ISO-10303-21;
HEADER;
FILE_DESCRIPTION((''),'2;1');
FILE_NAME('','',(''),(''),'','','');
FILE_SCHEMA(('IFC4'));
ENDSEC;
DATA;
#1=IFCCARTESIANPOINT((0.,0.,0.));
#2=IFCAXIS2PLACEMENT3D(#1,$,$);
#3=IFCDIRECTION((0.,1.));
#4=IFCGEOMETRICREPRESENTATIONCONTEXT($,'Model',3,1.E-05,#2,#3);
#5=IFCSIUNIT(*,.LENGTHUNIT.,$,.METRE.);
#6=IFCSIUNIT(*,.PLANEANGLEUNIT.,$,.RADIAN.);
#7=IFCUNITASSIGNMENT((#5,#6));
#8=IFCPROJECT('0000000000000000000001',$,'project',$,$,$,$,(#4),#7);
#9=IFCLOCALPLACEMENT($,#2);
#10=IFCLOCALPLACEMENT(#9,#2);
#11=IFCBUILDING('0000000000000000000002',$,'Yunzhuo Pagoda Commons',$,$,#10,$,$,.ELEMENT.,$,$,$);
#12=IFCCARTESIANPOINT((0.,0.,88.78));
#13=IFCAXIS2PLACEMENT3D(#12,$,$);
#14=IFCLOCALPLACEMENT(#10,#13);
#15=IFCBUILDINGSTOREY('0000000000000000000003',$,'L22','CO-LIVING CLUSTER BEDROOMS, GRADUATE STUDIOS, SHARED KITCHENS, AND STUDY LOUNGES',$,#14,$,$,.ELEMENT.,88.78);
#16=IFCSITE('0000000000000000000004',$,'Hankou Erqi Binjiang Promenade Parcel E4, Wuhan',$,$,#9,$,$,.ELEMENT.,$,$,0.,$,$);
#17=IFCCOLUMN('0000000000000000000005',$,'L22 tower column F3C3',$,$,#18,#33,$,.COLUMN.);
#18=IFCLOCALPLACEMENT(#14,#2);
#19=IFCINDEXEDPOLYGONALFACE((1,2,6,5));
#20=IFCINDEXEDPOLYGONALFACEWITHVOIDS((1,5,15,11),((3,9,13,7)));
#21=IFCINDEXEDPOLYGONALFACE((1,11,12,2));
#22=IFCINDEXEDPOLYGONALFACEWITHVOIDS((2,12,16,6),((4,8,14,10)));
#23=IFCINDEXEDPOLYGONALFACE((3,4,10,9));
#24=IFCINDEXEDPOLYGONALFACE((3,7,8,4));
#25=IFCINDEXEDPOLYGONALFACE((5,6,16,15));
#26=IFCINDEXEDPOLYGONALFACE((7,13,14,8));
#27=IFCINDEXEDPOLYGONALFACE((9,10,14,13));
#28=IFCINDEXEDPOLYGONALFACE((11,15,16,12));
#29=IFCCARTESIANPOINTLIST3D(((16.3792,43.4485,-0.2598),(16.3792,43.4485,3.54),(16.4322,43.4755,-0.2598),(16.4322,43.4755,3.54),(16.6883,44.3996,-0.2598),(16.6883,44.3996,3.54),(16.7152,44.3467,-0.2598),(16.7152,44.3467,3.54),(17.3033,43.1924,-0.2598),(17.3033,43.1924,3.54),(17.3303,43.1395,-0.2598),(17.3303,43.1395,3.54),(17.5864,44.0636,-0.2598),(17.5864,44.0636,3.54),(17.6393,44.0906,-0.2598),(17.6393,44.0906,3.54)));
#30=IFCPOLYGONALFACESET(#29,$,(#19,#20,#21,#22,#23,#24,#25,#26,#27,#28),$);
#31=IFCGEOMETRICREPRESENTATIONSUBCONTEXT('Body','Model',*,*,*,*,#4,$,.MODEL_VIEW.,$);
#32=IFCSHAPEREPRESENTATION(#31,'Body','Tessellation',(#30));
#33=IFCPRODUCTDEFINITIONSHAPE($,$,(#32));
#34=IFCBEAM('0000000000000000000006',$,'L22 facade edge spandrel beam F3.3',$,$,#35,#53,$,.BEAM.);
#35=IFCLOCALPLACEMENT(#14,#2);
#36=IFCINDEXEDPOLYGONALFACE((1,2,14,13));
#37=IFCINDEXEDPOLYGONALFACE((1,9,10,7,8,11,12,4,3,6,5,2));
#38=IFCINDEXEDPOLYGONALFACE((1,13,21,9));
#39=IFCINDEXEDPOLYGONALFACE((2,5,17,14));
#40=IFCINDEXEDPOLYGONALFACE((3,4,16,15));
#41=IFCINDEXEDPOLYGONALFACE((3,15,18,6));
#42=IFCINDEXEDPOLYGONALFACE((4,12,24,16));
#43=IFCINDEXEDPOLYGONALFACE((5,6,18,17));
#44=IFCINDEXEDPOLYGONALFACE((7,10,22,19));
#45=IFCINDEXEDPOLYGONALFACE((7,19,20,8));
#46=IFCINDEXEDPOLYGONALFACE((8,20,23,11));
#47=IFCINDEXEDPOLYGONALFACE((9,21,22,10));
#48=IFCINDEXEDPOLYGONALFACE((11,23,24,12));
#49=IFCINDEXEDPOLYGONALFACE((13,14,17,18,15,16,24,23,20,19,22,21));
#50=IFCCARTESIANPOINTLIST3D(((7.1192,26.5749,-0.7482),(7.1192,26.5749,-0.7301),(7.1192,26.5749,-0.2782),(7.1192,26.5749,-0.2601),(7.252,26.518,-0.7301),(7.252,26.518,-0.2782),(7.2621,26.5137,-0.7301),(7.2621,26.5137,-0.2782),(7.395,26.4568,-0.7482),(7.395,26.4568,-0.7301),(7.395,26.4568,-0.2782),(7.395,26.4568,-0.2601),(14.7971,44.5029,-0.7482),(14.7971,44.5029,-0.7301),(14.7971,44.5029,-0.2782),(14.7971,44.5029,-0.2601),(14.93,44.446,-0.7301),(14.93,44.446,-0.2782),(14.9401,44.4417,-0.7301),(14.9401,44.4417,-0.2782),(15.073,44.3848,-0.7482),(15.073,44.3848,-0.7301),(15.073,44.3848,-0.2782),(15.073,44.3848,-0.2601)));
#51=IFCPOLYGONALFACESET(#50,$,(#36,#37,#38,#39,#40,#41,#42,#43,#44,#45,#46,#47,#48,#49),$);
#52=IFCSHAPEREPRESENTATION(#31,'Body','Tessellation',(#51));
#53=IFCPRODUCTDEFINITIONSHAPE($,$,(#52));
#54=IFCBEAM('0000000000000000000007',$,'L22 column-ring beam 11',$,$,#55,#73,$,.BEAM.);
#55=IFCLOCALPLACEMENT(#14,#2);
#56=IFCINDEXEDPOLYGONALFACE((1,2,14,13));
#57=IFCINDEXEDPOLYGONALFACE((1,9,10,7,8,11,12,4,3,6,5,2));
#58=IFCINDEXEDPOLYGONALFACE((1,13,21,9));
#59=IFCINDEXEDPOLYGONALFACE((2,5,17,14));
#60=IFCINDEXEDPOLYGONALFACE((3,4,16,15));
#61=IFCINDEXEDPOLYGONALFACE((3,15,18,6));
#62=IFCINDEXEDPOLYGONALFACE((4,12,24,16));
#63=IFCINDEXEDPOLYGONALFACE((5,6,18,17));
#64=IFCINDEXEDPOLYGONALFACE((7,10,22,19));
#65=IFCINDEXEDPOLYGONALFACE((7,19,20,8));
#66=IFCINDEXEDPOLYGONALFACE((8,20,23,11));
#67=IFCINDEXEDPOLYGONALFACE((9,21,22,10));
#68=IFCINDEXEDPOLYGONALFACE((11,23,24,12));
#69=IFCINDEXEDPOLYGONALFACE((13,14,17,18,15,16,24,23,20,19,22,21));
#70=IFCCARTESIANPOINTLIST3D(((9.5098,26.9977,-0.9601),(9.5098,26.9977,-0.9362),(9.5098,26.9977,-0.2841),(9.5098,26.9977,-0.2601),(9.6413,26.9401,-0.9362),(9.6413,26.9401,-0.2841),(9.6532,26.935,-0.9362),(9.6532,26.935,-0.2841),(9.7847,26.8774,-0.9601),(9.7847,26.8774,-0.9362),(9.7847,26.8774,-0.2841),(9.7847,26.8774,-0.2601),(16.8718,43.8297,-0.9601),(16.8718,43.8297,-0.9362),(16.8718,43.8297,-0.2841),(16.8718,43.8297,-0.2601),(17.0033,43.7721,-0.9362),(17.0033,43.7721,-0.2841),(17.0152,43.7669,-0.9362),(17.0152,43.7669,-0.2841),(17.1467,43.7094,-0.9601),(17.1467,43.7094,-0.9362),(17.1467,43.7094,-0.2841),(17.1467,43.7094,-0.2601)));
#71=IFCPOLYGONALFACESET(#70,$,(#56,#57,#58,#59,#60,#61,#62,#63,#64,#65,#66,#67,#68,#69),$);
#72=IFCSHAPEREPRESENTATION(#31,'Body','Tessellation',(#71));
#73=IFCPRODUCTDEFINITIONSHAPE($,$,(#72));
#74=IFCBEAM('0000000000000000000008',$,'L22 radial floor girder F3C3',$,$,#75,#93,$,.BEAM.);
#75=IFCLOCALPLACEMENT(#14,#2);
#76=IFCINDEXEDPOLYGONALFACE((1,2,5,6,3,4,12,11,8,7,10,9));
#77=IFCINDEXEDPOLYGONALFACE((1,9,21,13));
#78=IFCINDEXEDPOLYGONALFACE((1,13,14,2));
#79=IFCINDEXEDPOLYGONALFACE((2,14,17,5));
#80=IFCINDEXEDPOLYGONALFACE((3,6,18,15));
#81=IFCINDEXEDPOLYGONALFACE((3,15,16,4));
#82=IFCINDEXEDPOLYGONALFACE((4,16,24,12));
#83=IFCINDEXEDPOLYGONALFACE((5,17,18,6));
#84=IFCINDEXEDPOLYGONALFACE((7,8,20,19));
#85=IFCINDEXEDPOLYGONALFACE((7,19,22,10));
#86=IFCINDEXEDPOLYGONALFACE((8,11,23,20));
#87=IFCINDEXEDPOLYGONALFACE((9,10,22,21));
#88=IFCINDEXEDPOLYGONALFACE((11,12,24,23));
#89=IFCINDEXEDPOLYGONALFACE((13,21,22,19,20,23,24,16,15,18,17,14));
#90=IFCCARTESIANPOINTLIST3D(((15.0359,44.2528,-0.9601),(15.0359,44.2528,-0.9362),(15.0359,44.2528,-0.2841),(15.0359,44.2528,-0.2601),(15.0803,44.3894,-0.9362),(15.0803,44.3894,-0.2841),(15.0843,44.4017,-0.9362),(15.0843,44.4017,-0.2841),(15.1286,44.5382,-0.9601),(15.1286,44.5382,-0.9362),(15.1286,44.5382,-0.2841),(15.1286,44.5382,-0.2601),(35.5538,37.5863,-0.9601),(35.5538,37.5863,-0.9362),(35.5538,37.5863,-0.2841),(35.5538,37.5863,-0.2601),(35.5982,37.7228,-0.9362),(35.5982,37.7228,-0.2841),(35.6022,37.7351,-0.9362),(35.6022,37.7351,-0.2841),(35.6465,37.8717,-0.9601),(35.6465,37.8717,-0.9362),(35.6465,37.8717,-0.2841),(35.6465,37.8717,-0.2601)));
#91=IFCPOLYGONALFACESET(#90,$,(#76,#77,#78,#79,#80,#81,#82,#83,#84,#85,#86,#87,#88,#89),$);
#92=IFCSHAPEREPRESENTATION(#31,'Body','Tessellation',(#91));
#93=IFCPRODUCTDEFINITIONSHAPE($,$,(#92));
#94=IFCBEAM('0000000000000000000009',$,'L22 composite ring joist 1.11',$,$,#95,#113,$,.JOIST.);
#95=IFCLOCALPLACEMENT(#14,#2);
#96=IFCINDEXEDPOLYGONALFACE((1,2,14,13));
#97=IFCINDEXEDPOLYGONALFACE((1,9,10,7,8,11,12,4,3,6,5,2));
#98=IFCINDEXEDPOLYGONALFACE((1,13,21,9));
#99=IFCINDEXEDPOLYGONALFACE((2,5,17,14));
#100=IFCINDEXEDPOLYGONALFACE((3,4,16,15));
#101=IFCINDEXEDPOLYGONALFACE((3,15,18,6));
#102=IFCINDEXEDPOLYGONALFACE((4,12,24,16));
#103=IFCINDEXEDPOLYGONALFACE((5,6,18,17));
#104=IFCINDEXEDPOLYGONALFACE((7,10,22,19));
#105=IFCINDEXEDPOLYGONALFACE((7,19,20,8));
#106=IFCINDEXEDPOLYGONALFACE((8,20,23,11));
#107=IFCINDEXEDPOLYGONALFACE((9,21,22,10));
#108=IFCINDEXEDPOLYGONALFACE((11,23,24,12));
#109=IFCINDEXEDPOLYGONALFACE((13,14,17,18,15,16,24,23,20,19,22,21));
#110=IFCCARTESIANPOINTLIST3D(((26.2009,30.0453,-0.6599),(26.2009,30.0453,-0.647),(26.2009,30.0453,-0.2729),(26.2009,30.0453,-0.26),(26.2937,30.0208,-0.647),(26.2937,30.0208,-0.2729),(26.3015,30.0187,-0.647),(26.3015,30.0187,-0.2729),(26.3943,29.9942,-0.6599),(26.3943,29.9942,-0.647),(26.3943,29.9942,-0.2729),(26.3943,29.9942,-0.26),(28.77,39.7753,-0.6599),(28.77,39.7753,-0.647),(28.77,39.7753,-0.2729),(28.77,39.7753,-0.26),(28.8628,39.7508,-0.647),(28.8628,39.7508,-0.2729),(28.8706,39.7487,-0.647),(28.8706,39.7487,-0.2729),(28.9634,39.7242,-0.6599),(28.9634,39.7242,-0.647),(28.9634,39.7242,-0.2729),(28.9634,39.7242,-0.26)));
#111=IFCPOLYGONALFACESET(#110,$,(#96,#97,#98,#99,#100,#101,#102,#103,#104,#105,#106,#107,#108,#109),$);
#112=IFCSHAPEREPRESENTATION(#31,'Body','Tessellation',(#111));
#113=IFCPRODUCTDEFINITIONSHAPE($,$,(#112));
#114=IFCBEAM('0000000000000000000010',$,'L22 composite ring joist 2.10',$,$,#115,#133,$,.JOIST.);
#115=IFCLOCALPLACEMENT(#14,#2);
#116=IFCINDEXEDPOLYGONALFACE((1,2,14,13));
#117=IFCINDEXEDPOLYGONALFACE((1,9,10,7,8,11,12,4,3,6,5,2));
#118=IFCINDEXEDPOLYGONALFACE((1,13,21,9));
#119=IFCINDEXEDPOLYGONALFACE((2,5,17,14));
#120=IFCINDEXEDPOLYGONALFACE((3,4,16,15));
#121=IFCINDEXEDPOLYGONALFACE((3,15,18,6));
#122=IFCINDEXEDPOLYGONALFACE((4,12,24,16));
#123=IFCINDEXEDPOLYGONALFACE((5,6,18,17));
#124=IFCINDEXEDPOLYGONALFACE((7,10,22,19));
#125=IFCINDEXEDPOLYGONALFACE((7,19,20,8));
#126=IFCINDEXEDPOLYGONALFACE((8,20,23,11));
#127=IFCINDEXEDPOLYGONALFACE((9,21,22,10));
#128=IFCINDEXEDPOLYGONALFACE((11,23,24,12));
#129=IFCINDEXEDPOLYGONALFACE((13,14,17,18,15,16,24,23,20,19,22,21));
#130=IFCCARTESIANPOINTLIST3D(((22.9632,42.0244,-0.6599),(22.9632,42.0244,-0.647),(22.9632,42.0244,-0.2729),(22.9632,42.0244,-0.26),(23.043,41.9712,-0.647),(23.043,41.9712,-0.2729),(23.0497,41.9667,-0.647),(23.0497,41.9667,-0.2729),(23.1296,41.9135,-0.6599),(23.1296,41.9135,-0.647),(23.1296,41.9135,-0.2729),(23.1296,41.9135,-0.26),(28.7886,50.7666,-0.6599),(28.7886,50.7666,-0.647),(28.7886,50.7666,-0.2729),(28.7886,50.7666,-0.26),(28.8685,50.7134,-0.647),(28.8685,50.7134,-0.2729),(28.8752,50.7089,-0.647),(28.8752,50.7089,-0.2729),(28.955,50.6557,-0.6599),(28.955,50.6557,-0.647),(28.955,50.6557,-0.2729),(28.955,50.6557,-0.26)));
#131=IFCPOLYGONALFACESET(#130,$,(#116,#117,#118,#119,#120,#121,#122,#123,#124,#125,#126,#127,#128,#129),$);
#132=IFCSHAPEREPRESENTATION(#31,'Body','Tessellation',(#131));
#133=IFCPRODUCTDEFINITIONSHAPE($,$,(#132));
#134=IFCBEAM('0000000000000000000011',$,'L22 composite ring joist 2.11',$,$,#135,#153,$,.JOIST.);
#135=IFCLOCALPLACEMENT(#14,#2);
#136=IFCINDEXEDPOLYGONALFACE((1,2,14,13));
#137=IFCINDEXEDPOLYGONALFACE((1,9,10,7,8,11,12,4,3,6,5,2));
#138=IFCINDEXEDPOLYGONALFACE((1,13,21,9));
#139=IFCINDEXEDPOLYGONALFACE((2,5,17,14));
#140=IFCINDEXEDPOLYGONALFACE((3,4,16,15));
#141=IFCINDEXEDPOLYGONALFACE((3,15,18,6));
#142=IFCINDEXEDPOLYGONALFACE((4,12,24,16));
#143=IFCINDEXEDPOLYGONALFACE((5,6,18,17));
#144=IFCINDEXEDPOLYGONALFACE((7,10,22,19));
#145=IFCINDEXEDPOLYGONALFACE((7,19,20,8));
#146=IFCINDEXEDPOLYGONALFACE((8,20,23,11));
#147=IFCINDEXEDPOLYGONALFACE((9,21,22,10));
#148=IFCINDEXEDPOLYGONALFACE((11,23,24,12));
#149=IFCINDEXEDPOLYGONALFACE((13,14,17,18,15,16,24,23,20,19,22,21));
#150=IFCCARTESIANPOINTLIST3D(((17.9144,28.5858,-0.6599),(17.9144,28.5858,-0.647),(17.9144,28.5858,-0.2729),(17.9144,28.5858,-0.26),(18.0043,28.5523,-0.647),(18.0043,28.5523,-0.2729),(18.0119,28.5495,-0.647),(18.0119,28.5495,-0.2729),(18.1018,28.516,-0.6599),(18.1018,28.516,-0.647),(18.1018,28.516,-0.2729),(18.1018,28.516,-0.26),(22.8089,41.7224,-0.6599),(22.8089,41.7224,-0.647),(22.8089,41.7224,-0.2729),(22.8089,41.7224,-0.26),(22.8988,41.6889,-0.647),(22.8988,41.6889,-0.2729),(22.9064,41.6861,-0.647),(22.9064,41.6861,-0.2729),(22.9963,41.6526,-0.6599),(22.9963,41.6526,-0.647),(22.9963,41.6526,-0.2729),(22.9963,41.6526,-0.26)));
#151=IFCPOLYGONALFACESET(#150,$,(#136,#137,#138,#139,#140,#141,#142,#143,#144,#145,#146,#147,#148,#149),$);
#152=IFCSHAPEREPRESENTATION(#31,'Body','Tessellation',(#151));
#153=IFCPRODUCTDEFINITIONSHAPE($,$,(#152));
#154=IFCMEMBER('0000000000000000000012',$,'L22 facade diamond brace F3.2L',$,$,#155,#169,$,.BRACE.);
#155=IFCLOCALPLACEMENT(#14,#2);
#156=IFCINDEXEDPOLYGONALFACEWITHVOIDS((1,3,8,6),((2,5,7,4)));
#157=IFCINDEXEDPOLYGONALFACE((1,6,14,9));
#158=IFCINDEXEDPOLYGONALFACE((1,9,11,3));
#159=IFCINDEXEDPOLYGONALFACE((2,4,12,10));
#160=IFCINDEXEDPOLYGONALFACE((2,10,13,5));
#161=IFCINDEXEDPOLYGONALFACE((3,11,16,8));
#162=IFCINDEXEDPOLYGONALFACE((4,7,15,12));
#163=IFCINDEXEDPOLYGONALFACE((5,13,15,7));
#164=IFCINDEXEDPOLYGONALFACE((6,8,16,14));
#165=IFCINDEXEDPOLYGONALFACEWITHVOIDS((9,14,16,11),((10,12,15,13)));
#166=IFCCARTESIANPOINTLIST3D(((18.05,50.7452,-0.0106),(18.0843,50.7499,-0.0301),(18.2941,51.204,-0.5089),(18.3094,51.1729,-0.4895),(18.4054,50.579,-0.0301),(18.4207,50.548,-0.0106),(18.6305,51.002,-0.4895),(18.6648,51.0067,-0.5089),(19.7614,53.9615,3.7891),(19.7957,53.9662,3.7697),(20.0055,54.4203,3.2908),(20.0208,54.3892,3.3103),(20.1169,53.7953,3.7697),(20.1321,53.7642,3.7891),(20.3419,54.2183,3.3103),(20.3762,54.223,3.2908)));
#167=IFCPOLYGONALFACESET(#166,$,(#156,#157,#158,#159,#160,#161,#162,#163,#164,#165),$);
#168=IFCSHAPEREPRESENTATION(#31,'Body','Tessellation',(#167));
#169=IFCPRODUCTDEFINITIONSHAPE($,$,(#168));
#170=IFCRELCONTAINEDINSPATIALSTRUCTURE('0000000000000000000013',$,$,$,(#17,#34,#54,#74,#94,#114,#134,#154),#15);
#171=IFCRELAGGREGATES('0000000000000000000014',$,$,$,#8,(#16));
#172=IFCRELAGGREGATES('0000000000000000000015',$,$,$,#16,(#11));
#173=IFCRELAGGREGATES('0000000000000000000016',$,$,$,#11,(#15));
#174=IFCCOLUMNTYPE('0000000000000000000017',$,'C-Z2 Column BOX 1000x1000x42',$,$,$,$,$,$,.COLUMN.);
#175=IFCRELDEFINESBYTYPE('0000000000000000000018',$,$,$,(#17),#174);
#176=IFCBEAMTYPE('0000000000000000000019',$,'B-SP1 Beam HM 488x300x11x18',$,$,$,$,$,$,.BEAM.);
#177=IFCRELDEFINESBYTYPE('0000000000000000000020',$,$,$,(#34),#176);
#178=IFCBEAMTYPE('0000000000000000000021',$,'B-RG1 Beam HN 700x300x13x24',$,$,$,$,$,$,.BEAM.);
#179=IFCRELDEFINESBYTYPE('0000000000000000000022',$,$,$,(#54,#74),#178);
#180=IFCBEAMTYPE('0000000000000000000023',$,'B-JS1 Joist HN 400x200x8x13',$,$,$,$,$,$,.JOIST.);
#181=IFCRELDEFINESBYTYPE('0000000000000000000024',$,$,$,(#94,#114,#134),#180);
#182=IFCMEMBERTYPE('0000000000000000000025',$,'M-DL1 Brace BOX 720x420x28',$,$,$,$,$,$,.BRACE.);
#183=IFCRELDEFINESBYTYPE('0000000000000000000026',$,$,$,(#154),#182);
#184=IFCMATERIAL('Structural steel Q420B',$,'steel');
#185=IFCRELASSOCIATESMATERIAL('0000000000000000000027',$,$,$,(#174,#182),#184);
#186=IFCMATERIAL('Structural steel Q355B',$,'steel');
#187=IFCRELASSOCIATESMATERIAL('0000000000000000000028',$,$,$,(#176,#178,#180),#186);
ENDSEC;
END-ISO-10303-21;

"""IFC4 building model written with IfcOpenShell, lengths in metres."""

from ifc_helpers import new_model, si_unit, direction, frame, origin, origin_2d, place, context, subcontext, project, spatial, hollow_rectangle, i_section, extrude, source, transform, mapped, material, material_profile, profile_set, type_object, element, save


model = new_model("IFC4")

# Units and contexts
model_context = context("Model", 3, precision=1e-05, world=origin(), true_north=direction((0.0, 1.0)))
body_context = subcontext(model_context, "Body", "Model", "MODEL_VIEW")
ifc_project = project(units=[si_unit("LENGTHUNIT", "METRE"), si_unit("PLANEANGLEUNIT", "RADIAN")], contexts=[model_context])

# Site, building, storey
site_placement = place(None, origin())
site = spatial("IfcSite", under=ifc_project, at=site_placement, Name="Hankou Erqi Binjiang Promenade Parcel E4, Wuhan", CompositionType="ELEMENT", RefElevation=0.0)
building_placement = place(site_placement, origin())
building = spatial("IfcBuilding", under=site, at=building_placement, Name="Yunzhuo Pagoda Commons", CompositionType="ELEMENT")
storey_placement = place(building_placement, frame((0.0, 0.0, 88.78)))
storey = spatial("IfcBuildingStorey", under=building, at=storey_placement, Name="L22", Description="CO-LIVING CLUSTER BEDROOMS, GRADUATE STUDIOS, SHARED KITCHENS, AND STUDY LOUNGES", CompositionType="ELEMENT", Elevation=88.78)

# Column
ifc_material_1 = material(Name="Structural steel Q420B", Category="steel")
ifc_material_profile_1 = material_profile(ifc_material_1, hollow_rectangle(XDim=1.0, YDim=1.0, WallThickness=0.042, at=origin_2d()), Name="Structural steel Q420B")
ifc_profile_set_1 = profile_set([ifc_material_profile_1], Name="Structural steel Q420B")
column_type = type_object("IfcColumnType", Name="C-Z2 Column BOX 1000x1000x42", PredefinedType="COLUMN", material=ifc_profile_set_1)
shared_shape_1 = source(origin(), body_context, "Body", "SweptSolid", [
    extrude(hollow_rectangle(XDim=1.0, YDim=1.0, WallThickness=0.042, at=origin_2d()), origin(), (0.0, 0.0, 1.0), 3.7998),
])
column_placement = place(storey_placement, frame((17.0093, 43.7695, -0.2598), z_axis=(0.0, 0.0, 1.0), x_axis=(-0.309017, -0.951057, 0.0)))
element("IfcColumn", 1, at=column_placement, inside=storey, type_object=column_type, Name="L22 tower column F3C3", PredefinedType="COLUMN", context=body_context, shape_type="MappedRepresentation", body=[
    mapped(shared_shape_1, transform((0.0, 0.0, 0.0), scale=1.0)),
])

# Beams
ifc_material_2 = material(Name="Structural steel Q355B", Category="steel")
ifc_material_profile_2 = material_profile(ifc_material_2, i_section(OverallWidth=0.3, OverallDepth=0.488, WebThickness=0.011, FlangeThickness=0.0181, at=origin_2d()), Name="Structural steel Q355B")
ifc_profile_set_2 = profile_set([ifc_material_profile_2], Name="Structural steel Q355B")
beam_type_1 = type_object("IfcBeamType", Name="B-SP1 Beam HM 488x300x11x18", PredefinedType="BEAM", material=ifc_profile_set_2)
shared_shape_2 = source(origin(), body_context, "Body", "SweptSolid", [
    extrude(i_section(OverallWidth=0.3, OverallDepth=0.488, WebThickness=0.011, FlangeThickness=0.0181, at=origin_2d()), origin(), (0.0, 0.0, 1.0), 19.5029),
])
beam_1_placement = place(storey_placement, frame((14.9351, 44.4438, -0.5042), z_axis=(-0.393684, -0.919246, 0.0), x_axis=(0.919246, -0.393684, 0.0)))
element("IfcBeam", 2, at=beam_1_placement, inside=storey, type_object=beam_type_1, Name="L22 facade edge spandrel beam F3.3", PredefinedType="BEAM", context=body_context, shape_type="MappedRepresentation", body=[
    mapped(shared_shape_2, transform((0.0, 0.0, 0.0), scale=1.0)),
])
ifc_material_profile_3 = material_profile(ifc_material_2, i_section(OverallWidth=0.3, OverallDepth=0.7, WebThickness=0.0129, FlangeThickness=0.0239, at=origin_2d()), Name="Structural steel Q355B")
ifc_profile_set_3 = profile_set([ifc_material_profile_3], Name="Structural steel Q355B")
beam_type_2 = type_object("IfcBeamType", Name="B-RG1 Beam HN 700x300x13x24", PredefinedType="BEAM", material=ifc_profile_set_3)
shared_shape_3 = source(origin(), body_context, "Body", "SweptSolid", [
    extrude(i_section(OverallWidth=0.3, OverallDepth=0.7, WebThickness=0.0129, FlangeThickness=0.0239, at=origin_2d()), origin(), (0.0, 0.0, 1.0), 18.3716),
])
beam_2_placement = place(storey_placement, frame((17.0093, 43.7695, -0.6101), z_axis=(-0.40073, -0.916196, 0.0), x_axis=(0.916196, -0.40073, 0.0)))
element("IfcBeam", 3, at=beam_2_placement, inside=storey, type_object=beam_type_2, Name="L22 column-ring beam 11", PredefinedType="BEAM", context=body_context, shape_type="MappedRepresentation", body=[
    mapped(shared_shape_3, transform((0.0, 0.0, 0.0), scale=1.0)),
])
shared_shape_4 = source(origin(), body_context, "Body", "SweptSolid", [
    extrude(i_section(OverallWidth=0.3, OverallDepth=0.7, WebThickness=0.0129, FlangeThickness=0.0239, at=origin_2d()), origin(), (0.0, 0.0, 1.0), 21.5737),
])
beam_3_placement = place(storey_placement, frame((15.0823, 44.3955, -0.6101), z_axis=(0.951058, -0.309011, 0.0), x_axis=(0.309011, 0.951058, 0.0)))
element("IfcBeam", 4, at=beam_3_placement, inside=storey, type_object=beam_type_2, Name="L22 radial floor girder F3C3", PredefinedType="BEAM", context=body_context, shape_type="MappedRepresentation", body=[
    mapped(shared_shape_4, transform((0.0, 0.0, 0.0), scale=1.0)),
])
ifc_material_profile_4 = material_profile(ifc_material_2, i_section(OverallWidth=0.2, OverallDepth=0.3999, WebThickness=0.0081, FlangeThickness=0.0129, at=origin_2d()), Name="Structural steel Q355B")
ifc_profile_set_4 = profile_set([ifc_material_profile_4], Name="Structural steel Q355B")
beam_type_3 = type_object("IfcBeamType", Name="B-JS1 Joist HN 400x200x8x13", PredefinedType="JOIST", material=ifc_profile_set_4)
shared_shape_5 = source(origin(), body_context, "Body", "SweptSolid", [
    extrude(i_section(OverallWidth=0.2, OverallDepth=0.3999, WebThickness=0.0081, FlangeThickness=0.0129, at=origin_2d()), origin(), (0.0, 0.0, 1.0), 10.0635),
])
beam_4_placement = place(storey_placement, frame((28.8667, 39.7498, -0.46), z_axis=(-0.25529, -0.966865, 0.0), x_axis=(0.966865, -0.25529, 0.0)))
element("IfcBeam", 5, at=beam_4_placement, inside=storey, type_object=beam_type_3, Name="L22 composite ring joist 1.11", PredefinedType="JOIST", context=body_context, shape_type="MappedRepresentation", body=[
    mapped(shared_shape_5, transform((0.0, 0.0, 0.0), scale=1.0)),
])
shared_shape_6 = source(origin(), body_context, "Body", "SweptSolid", [
    extrude(i_section(OverallWidth=0.2, OverallDepth=0.3999, WebThickness=0.0081, FlangeThickness=0.0129, at=origin_2d()), origin(), (0.0, 0.0, 1.0), 10.5054),
])
beam_5_placement = place(storey_placement, frame((28.8718, 50.7112, -0.46), z_axis=(-0.554523, -0.832168, 0.0), x_axis=(0.832168, -0.554523, 0.0)))
element("IfcBeam", 6, at=beam_5_placement, inside=storey, type_object=beam_type_3, Name="L22 composite ring joist 2.10", PredefinedType="JOIST", context=body_context, shape_type="MappedRepresentation", body=[
    mapped(shared_shape_6, transform((0.0, 0.0, 0.0), scale=1.0)),
])
shared_shape_7 = source(origin(), body_context, "Body", "SweptSolid", [
    extrude(i_section(OverallWidth=0.2, OverallDepth=0.3999, WebThickness=0.0081, FlangeThickness=0.0129, at=origin_2d()), origin(), (0.0, 0.0, 1.0), 14.0188),
])
beam_6_placement = place(storey_placement, frame((22.9026, 41.6875, -0.46), z_axis=(-0.349138, -0.937071, 0.0), x_axis=(0.937071, -0.349138, 0.0)))
element("IfcBeam", 7, at=beam_6_placement, inside=storey, type_object=beam_type_3, Name="L22 composite ring joist 2.11", PredefinedType="JOIST", context=body_context, shape_type="MappedRepresentation", body=[
    mapped(shared_shape_7, transform((0.0, 0.0, 0.0), scale=1.0)),
])

# Member
ifc_material_profile_5 = material_profile(ifc_material_1, hollow_rectangle(XDim=0.4199, YDim=0.72, WallThickness=0.0281, at=origin_2d()), Name="Structural steel Q420B")
ifc_profile_set_5 = profile_set([ifc_material_profile_5], Name="Structural steel Q420B")
member_type_1 = type_object("IfcMemberType", Name="M-DL1 Brace BOX 720x420x28", PredefinedType="BRACE", material=ifc_profile_set_5)
shared_shape_8 = source(origin(), body_context, "Body", "SweptSolid", [
    extrude(hollow_rectangle(XDim=0.4199, YDim=0.72, WallThickness=0.0281, at=origin_2d()), origin(), (0.0, 0.0, 1.0), 5.2642),
])
for number, where, z_axis, x_axis, name in (
    (8, (18.3574, 50.876, -0.2598), (0.325105, 0.610974, 0.721816), (-0.882801, 0.469746, 0.0), "L22 facade diamond brace F3.2L"),
):
    element("IfcMember", number, at=place(storey_placement, frame(where, z_axis=z_axis, x_axis=x_axis)), inside=storey, type_object=member_type_1, Name=name, PredefinedType="BRACE", context=body_context, shape_type="MappedRepresentation", body=[
        mapped(shared_shape_8, transform((0.0, 0.0, 0.0), scale=1.0)),
    ])

save(model, "model.ifc")
